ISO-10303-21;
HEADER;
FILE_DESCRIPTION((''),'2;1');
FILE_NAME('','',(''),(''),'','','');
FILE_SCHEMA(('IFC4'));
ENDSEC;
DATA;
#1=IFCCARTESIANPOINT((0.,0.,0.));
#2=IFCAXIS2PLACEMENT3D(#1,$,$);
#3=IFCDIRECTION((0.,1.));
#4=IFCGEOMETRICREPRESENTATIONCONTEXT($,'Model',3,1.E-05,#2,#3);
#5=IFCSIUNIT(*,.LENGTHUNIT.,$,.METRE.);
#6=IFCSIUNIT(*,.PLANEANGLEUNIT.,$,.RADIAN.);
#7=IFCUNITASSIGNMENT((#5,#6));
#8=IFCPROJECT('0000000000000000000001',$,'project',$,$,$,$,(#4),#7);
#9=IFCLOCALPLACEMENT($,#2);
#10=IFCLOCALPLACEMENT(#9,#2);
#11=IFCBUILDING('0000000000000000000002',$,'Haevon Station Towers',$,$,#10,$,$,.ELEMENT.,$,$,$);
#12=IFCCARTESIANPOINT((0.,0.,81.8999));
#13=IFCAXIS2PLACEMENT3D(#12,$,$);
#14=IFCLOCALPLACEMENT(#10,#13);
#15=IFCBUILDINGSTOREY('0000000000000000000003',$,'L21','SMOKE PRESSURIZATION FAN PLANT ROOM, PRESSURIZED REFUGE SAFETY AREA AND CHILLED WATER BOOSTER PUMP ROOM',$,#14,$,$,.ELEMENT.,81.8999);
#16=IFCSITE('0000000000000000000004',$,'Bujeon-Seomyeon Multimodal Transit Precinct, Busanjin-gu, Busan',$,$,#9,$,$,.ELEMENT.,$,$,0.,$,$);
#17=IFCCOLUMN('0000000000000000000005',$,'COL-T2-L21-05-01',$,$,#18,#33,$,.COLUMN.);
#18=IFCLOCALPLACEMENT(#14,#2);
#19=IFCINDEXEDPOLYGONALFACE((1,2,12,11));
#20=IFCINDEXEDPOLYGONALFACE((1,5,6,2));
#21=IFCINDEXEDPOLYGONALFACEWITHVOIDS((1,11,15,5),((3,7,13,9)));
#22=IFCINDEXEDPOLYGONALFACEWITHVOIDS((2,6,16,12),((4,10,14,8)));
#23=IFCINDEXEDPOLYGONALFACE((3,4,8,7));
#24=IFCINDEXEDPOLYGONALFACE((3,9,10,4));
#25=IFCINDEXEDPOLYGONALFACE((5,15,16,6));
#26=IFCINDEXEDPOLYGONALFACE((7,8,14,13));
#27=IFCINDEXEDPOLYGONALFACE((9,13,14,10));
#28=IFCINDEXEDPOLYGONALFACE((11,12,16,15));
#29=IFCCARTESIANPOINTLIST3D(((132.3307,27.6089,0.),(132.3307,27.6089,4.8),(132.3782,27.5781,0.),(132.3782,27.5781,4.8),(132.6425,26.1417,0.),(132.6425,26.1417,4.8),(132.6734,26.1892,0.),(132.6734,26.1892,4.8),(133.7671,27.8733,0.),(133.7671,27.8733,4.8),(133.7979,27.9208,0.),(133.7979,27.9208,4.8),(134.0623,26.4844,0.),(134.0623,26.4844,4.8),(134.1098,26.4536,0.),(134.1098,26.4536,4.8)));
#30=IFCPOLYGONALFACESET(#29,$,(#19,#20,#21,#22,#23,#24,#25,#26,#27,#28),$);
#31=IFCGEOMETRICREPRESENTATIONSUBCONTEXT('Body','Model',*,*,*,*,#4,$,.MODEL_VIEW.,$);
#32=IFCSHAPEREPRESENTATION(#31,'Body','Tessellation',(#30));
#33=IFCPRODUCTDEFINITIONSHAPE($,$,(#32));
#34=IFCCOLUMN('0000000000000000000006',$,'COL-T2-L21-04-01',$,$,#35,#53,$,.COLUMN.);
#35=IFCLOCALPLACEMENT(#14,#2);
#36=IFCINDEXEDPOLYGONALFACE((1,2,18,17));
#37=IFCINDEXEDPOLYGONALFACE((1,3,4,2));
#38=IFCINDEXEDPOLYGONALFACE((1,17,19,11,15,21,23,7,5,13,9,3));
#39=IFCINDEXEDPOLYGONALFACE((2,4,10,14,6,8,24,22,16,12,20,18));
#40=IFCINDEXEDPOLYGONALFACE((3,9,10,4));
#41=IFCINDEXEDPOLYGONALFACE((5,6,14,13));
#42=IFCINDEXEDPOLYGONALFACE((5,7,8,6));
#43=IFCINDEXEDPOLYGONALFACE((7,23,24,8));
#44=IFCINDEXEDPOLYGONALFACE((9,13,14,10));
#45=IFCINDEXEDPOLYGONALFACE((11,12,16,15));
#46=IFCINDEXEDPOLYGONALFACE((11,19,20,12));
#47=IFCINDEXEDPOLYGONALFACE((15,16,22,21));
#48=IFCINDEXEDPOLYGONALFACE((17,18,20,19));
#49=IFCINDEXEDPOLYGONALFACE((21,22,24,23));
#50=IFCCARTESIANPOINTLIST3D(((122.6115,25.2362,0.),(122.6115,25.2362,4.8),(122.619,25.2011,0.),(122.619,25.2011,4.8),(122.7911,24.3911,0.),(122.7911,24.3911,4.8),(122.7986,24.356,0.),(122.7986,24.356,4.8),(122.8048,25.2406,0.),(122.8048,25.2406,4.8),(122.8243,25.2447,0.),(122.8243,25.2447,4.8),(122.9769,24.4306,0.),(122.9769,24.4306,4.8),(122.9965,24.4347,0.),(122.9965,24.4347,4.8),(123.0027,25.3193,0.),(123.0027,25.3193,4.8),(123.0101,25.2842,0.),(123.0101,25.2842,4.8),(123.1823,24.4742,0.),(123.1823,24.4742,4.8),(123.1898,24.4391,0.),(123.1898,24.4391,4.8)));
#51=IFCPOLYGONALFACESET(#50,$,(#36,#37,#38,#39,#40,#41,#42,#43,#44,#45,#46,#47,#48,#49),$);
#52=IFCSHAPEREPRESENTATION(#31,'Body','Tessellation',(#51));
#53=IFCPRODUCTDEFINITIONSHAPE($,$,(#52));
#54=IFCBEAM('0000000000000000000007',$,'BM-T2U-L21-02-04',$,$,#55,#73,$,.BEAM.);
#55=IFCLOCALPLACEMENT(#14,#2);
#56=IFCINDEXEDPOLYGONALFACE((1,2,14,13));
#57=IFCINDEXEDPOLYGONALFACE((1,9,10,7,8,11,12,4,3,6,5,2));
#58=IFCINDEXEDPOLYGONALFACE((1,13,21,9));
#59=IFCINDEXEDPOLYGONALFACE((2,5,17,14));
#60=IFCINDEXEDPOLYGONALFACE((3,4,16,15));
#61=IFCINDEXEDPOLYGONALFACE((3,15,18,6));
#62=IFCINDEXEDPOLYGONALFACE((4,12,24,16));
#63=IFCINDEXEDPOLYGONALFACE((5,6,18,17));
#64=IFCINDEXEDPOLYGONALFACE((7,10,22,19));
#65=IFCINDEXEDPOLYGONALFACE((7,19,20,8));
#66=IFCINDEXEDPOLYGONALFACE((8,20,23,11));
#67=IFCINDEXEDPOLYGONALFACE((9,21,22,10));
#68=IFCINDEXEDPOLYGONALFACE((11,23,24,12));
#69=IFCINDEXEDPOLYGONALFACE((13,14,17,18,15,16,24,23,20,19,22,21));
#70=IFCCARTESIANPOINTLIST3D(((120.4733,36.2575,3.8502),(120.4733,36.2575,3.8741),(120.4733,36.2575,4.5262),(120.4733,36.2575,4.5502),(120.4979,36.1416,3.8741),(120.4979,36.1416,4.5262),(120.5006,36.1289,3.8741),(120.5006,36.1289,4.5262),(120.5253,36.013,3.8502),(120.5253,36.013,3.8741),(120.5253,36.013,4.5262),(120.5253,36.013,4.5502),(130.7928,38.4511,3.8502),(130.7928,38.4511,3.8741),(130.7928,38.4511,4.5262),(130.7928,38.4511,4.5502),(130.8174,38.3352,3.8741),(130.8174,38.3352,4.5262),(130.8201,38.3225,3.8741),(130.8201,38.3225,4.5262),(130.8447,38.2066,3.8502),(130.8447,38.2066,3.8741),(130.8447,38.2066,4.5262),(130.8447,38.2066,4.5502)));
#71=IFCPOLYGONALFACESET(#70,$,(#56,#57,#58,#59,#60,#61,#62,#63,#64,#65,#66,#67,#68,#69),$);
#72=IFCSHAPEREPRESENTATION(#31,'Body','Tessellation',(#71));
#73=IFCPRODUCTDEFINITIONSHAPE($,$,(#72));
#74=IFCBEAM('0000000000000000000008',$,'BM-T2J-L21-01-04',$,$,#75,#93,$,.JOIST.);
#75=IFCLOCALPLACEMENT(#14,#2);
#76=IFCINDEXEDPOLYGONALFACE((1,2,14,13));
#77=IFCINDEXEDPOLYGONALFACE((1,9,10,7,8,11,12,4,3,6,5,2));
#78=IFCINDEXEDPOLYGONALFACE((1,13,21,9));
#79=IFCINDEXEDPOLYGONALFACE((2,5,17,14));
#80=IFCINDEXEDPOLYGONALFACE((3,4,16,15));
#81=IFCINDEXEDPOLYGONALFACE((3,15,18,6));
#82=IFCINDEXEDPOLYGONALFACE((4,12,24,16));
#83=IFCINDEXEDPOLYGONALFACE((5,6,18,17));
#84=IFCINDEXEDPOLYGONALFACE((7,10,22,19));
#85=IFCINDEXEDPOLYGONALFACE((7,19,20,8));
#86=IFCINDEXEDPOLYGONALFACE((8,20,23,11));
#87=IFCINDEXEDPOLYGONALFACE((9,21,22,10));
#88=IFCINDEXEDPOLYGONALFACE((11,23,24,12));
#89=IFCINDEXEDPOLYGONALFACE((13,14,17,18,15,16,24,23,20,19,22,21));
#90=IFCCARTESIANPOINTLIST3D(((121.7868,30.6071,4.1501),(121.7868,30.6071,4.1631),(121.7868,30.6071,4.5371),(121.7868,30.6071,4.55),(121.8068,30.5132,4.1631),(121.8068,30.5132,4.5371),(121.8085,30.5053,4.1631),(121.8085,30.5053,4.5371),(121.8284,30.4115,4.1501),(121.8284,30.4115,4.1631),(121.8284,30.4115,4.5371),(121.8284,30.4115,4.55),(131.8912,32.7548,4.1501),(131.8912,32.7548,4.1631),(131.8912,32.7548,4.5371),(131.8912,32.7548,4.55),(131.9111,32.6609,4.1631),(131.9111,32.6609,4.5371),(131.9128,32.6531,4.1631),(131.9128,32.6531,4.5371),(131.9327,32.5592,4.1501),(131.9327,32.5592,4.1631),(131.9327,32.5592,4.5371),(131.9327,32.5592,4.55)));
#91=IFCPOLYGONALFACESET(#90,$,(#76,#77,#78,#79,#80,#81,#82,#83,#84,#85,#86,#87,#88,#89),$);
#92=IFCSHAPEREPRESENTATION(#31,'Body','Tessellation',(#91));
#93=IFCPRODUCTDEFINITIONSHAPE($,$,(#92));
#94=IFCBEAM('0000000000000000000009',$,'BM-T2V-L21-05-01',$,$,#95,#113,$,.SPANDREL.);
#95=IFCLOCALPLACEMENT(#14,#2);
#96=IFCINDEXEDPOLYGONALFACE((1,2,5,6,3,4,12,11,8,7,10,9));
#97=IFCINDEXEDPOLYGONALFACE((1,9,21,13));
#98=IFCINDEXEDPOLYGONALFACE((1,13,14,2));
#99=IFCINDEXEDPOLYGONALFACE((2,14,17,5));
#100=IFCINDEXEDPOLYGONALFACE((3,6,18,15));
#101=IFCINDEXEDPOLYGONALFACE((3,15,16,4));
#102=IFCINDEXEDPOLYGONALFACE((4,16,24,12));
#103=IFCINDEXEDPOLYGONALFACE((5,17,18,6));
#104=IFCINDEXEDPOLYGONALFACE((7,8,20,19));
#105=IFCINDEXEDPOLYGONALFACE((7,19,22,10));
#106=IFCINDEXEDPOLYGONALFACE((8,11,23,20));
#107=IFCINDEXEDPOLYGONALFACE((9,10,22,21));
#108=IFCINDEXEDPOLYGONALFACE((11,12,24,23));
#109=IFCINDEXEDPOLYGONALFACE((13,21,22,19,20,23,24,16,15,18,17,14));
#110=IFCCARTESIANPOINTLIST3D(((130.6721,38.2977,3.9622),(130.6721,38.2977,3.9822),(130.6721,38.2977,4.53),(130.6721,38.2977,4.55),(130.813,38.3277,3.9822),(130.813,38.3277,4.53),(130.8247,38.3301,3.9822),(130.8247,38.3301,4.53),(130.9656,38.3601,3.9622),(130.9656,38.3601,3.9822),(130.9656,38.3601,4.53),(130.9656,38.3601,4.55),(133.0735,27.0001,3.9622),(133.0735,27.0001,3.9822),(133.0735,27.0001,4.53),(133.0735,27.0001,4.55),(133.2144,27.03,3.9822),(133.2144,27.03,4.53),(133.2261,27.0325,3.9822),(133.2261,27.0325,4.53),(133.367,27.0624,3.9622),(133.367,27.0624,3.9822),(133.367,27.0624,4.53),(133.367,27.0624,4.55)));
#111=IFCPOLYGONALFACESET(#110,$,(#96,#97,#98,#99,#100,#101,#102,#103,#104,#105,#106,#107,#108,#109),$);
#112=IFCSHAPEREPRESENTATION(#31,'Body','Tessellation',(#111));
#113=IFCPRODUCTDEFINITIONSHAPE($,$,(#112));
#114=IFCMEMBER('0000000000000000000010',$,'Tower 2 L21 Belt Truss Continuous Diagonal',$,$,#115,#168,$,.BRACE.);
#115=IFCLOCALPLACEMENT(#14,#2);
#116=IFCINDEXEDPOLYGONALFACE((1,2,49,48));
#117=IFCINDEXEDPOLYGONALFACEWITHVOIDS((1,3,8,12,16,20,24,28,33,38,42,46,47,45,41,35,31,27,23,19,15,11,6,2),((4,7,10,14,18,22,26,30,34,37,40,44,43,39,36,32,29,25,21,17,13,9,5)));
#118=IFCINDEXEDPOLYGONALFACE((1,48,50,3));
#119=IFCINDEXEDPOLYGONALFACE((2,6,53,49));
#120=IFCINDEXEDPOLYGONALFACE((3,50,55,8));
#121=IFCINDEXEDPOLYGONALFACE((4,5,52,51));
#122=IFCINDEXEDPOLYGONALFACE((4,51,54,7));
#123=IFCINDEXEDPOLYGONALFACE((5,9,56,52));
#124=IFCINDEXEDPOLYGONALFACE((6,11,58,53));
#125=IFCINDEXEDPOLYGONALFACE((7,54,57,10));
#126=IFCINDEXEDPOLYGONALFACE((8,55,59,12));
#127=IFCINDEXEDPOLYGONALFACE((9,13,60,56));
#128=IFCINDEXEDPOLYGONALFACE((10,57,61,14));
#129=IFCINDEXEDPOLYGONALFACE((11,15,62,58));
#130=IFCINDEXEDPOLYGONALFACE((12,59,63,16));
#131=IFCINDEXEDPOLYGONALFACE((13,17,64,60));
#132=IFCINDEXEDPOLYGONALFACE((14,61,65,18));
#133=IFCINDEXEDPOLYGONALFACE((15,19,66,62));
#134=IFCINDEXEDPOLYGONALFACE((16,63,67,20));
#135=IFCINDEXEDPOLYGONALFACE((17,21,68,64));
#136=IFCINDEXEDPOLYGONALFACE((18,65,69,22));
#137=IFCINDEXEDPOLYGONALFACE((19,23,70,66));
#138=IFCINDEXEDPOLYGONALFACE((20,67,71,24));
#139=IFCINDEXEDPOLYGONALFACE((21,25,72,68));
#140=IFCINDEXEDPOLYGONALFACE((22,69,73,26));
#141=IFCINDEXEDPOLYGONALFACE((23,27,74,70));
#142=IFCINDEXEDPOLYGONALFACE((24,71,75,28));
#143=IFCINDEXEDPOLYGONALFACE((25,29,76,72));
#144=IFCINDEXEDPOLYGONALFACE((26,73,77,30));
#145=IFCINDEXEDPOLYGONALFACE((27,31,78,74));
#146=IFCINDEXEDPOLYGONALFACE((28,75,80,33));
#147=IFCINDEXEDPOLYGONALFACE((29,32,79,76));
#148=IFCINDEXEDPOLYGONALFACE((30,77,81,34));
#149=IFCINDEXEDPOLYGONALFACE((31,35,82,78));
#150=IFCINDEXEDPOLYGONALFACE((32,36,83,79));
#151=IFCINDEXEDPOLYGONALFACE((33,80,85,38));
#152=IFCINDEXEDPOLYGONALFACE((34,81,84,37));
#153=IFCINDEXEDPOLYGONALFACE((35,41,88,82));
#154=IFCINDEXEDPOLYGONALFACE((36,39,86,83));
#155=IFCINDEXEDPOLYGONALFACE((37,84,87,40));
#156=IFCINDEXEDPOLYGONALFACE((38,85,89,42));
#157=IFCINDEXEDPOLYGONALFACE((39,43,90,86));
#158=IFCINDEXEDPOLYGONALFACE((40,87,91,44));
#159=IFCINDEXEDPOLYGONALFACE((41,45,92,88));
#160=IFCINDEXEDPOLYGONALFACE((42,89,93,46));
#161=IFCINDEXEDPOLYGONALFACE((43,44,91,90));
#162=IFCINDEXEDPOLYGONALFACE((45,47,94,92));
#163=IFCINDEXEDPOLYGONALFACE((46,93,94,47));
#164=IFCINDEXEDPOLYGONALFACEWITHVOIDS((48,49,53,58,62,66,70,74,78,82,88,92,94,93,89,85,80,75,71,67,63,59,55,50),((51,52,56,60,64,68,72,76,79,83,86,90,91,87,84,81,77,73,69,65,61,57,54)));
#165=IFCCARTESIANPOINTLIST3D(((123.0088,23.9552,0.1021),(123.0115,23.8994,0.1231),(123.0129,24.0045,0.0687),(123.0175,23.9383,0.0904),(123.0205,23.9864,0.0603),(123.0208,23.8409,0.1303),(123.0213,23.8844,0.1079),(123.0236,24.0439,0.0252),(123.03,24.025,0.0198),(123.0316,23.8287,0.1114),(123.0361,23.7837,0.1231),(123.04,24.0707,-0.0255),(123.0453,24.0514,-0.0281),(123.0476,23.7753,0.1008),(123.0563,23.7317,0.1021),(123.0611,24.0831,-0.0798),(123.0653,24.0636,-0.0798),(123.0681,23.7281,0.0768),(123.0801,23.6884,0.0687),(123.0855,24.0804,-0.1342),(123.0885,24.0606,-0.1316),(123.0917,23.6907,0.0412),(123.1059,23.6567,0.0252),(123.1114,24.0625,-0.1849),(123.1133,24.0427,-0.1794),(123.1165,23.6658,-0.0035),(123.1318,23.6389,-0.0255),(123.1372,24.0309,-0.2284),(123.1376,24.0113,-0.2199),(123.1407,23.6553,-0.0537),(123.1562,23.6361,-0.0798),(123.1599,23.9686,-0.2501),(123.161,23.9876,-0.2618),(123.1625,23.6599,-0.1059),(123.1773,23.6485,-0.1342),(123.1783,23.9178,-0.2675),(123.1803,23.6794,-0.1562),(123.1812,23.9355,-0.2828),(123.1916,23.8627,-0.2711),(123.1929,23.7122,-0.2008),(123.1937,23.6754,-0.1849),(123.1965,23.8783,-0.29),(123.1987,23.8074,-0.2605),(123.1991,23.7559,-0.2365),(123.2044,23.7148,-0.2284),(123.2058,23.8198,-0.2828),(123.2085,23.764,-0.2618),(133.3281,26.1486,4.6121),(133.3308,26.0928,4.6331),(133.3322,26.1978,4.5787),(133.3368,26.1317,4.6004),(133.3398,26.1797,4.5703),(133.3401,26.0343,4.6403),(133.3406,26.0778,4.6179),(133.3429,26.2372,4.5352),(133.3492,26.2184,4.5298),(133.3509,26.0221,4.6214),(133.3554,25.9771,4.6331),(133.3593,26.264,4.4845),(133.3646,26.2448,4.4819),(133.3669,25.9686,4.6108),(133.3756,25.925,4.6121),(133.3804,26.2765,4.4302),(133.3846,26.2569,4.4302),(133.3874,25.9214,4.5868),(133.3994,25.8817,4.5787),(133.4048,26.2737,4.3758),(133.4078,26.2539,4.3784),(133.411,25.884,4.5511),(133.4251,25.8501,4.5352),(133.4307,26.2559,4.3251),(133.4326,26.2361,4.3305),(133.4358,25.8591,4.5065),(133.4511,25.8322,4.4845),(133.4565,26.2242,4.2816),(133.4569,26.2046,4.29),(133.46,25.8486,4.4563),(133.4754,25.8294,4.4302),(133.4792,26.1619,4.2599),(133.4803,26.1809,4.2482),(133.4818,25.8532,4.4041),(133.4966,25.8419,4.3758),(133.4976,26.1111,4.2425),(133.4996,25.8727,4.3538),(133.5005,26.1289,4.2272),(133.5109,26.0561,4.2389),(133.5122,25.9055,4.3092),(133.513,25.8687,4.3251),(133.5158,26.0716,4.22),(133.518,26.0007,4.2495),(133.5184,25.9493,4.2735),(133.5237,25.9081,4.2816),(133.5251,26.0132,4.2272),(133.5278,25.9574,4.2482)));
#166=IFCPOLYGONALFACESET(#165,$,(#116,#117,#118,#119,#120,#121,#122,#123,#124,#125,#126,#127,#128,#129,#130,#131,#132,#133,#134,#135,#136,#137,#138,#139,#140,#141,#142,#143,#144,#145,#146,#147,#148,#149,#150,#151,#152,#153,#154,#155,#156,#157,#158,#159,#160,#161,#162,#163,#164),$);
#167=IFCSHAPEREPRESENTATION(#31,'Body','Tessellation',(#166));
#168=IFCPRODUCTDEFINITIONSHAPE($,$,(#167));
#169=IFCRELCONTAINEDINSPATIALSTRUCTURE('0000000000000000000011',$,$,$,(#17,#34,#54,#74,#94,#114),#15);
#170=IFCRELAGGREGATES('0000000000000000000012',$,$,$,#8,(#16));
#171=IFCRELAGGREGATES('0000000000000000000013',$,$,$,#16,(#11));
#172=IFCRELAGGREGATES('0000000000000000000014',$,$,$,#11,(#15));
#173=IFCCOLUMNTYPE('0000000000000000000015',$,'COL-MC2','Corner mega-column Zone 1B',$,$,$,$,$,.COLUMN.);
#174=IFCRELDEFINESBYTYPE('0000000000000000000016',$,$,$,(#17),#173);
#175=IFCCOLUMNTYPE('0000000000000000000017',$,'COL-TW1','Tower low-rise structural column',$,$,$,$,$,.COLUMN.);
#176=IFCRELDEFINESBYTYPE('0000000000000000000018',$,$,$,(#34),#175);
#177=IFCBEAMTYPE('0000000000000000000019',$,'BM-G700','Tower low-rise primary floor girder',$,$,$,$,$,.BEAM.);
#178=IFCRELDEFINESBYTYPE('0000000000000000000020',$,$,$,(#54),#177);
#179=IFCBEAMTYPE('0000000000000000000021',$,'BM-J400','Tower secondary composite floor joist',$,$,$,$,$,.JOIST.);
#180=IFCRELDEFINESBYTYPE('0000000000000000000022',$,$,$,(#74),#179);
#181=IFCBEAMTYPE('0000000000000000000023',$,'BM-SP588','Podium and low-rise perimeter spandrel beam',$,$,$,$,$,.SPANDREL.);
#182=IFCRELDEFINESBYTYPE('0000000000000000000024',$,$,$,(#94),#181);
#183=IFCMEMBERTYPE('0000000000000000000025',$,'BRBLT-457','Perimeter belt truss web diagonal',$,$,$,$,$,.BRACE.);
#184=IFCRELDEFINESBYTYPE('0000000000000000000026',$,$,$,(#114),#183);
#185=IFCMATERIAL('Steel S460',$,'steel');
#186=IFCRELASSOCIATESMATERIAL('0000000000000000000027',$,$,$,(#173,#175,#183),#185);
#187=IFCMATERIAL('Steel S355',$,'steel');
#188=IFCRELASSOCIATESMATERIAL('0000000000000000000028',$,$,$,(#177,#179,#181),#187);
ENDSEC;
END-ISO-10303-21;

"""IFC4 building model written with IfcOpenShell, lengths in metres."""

from ifc_helpers import new_model, si_unit, direction, frame, origin, origin_2d, place, context, subcontext, project, spatial, hollow_rectangle, hollow_circle, i_section, extrude, material, material_profile, profile_set, type_object, element, save


model = new_model("IFC4")

# Units and contexts
model_context = context("Model", 3, precision=1e-05, world=origin(), true_north=direction((0.0, 1.0)))
body_context = subcontext(model_context, "Body", "Model", "MODEL_VIEW")
ifc_project = project(units=[si_unit("LENGTHUNIT", "METRE"), si_unit("PLANEANGLEUNIT", "RADIAN")], contexts=[model_context])

# Site, building, storey
site_placement = place(None, origin())
site = spatial("IfcSite", under=ifc_project, at=site_placement, Name="Bujeon-Seomyeon Multimodal Transit Precinct, Busanjin-gu, Busan", CompositionType="ELEMENT", RefElevation=0.0)
building_placement = place(site_placement, origin())
building = spatial("IfcBuilding", under=site, at=building_placement, Name="Haevon Station Towers", CompositionType="ELEMENT")
storey_placement = place(building_placement, frame((0.0, 0.0, 81.8999)))
storey = spatial("IfcBuildingStorey", under=building, at=storey_placement, Name="L21", Description="SMOKE PRESSURIZATION FAN PLANT ROOM, PRESSURIZED REFUGE SAFETY AREA AND CHILLED WATER BOOSTER PUMP ROOM", CompositionType="ELEMENT", Elevation=81.8999)

# Columns
ifc_material_1 = material(Name="Steel S460", Category="steel")
ifc_material_profile_1 = material_profile(ifc_material_1, hollow_rectangle(XDim=1.5, YDim=1.5, WallThickness=0.04, at=origin_2d()), Name="BOX-1500x1500x40")
ifc_profile_set_1 = profile_set([ifc_material_profile_1], Name="Steel S460")
column_type_1 = type_object("IfcColumnType", Name="COL-MC2", Description="Corner mega-column Zone 1B", PredefinedType="COLUMN", material=ifc_profile_set_1)
column_1_placement = place(storey_placement, frame((133.2202, 27.0312, 0.0), z_axis=(0.0, 0.0, 1.0), x_axis=(0.978148, 0.207912, 0.0)))
element("IfcColumn", 1, at=column_1_placement, inside=storey, type_object=column_type_1, Name="COL-T2-L21-05-01", PredefinedType="COLUMN", context=body_context, shape_type="SweptSolid", body=[
    extrude(hollow_rectangle(XDim=1.5, YDim=1.5, WallThickness=0.04, at=origin_2d()), origin(), (0.0, 0.0, 1.0), 4.8),
])
ifc_material_profile_2 = material_profile(ifc_material_1, i_section(OverallWidth=0.3999, OverallDepth=0.8999, WebThickness=0.02, FlangeThickness=0.0359, at=origin_2d()), Name="H-900x400x20x36")
ifc_profile_set_2 = profile_set([ifc_material_profile_2], Name="Steel S460")
column_type_2 = type_object("IfcColumnType", Name="COL-TW1", Description="Tower low-rise structural column", PredefinedType="COLUMN", material=ifc_profile_set_2)
column_2_placement = place(storey_placement, frame((122.9006, 24.8376, 0.0), z_axis=(0.0, 0.0, 1.0), x_axis=(0.978148, 0.207912, 0.0)))
element("IfcColumn", 2, at=column_2_placement, inside=storey, type_object=column_type_2, Name="COL-T2-L21-04-01", PredefinedType="COLUMN", context=body_context, shape_type="SweptSolid", body=[
    extrude(i_section(OverallWidth=0.3999, OverallDepth=0.8999, WebThickness=0.02, FlangeThickness=0.0359, at=origin_2d()), origin(), (0.0, 0.0, 1.0), 4.8),
])

# Beams
ifc_material_2 = material(Name="Steel S355", Category="steel")
ifc_material_profile_3 = material_profile(ifc_material_2, i_section(OverallWidth=0.25, OverallDepth=0.7, WebThickness=0.0129, FlangeThickness=0.0239, at=origin_2d()), Name="H-700x250x13x24")
ifc_profile_set_3 = profile_set([ifc_material_profile_3], Name="Steel S355")
beam_type_1 = type_object("IfcBeamType", Name="BM-G700", Description="Tower low-rise primary floor girder", PredefinedType="BEAM", material=ifc_profile_set_3)
beam_1_placement = place(storey_placement, frame((120.4993, 36.1353, 4.2002), z_axis=(0.978145, 0.207922, 0.0), x_axis=(-0.207922, 0.978145, 0.0)))
element("IfcBeam", 3, at=beam_1_placement, inside=storey, type_object=beam_type_1, Name="BM-T2U-L21-02-04", PredefinedType="BEAM", context=body_context, shape_type="SweptSolid", body=[
    extrude(i_section(OverallWidth=0.25, OverallDepth=0.7, WebThickness=0.0129, FlangeThickness=0.0239, at=origin_2d()), origin(), (0.0, 0.0, 1.0), 10.55),
])
ifc_material_profile_4 = material_profile(ifc_material_2, i_section(OverallWidth=0.2, OverallDepth=0.3999, WebThickness=0.0081, FlangeThickness=0.0129, at=origin_2d()), Name="H-400x200x8x13")
ifc_profile_set_4 = profile_set([ifc_material_profile_4], Name="Steel S355")
beam_type_2 = type_object("IfcBeamType", Name="BM-J400", Description="Tower secondary composite floor joist", PredefinedType="JOIST", material=ifc_profile_set_4)
beam_2_placement = place(storey_placement, frame((121.8076, 30.5093, 4.3501), z_axis=(0.978148, 0.20791, 0.0), x_axis=(-0.20791, 0.978148, 0.0)))
element("IfcBeam", 4, at=beam_2_placement, inside=storey, type_object=beam_type_2, Name="BM-T2J-L21-01-04", PredefinedType="JOIST", context=body_context, shape_type="SweptSolid", body=[
    extrude(i_section(OverallWidth=0.2, OverallDepth=0.3999, WebThickness=0.0081, FlangeThickness=0.0129, at=origin_2d()), origin(), (0.0, 0.0, 1.0), 10.3301),
])
ifc_material_profile_5 = material_profile(ifc_material_2, i_section(OverallWidth=0.3, OverallDepth=0.5879, WebThickness=0.012, FlangeThickness=0.02, at=origin_2d()), Name="H-588x300x12x20")
ifc_profile_set_5 = profile_set([ifc_material_profile_5], Name="Steel S355")
beam_type_3 = type_object("IfcBeamType", Name="BM-SP588", Description="Podium and low-rise perimeter spandrel beam", PredefinedType="SPANDREL", material=ifc_profile_set_5)
beam_3_placement = place(storey_placement, frame((133.2202, 27.0312, 4.2561), z_axis=(-0.207911, 0.978148, 0.0), x_axis=(-0.978148, -0.207911, 0.0)))
element("IfcBeam", 5, at=beam_3_placement, inside=storey, type_object=beam_type_3, Name="BM-T2V-L21-05-01", PredefinedType="SPANDREL", context=body_context, shape_type="SweptSolid", body=[
    extrude(i_section(OverallWidth=0.3, OverallDepth=0.5879, WebThickness=0.012, FlangeThickness=0.02, at=origin_2d()), origin(), (0.0, 0.0, 1.0), 11.55),
])

# Member
ifc_material_profile_6 = material_profile(ifc_material_1, hollow_circle(Radius=0.2285, WallThickness=0.02, at=origin_2d()), Name="CHS-457x20")
ifc_profile_set_6 = profile_set([ifc_material_profile_6], Name="Steel S460")
member_type_1 = type_object("IfcMemberType", Name="BRBLT-457", Description="Perimeter belt truss web diagonal", PredefinedType="BRACE", material=ifc_profile_set_6)
member_1_placement = place(storey_placement, frame((123.1086, 23.8596, -0.0798), z_axis=(0.899411, 0.191169, 0.393083), x_axis=(-0.207904, 0.978149, 0.0)))
element("IfcMember", 6, at=member_1_placement, inside=storey, type_object=member_type_1, Name="Tower 2 L21 Belt Truss Continuous Diagonal", PredefinedType="BRACE", context=body_context, shape_type="SweptSolid", body=[
    extrude(hollow_circle(Radius=0.2285, WallThickness=0.02, at=origin_2d()), origin(), (0.0, 0.0, 1.0), 11.4734),
])

save(model, "model.ifc")
